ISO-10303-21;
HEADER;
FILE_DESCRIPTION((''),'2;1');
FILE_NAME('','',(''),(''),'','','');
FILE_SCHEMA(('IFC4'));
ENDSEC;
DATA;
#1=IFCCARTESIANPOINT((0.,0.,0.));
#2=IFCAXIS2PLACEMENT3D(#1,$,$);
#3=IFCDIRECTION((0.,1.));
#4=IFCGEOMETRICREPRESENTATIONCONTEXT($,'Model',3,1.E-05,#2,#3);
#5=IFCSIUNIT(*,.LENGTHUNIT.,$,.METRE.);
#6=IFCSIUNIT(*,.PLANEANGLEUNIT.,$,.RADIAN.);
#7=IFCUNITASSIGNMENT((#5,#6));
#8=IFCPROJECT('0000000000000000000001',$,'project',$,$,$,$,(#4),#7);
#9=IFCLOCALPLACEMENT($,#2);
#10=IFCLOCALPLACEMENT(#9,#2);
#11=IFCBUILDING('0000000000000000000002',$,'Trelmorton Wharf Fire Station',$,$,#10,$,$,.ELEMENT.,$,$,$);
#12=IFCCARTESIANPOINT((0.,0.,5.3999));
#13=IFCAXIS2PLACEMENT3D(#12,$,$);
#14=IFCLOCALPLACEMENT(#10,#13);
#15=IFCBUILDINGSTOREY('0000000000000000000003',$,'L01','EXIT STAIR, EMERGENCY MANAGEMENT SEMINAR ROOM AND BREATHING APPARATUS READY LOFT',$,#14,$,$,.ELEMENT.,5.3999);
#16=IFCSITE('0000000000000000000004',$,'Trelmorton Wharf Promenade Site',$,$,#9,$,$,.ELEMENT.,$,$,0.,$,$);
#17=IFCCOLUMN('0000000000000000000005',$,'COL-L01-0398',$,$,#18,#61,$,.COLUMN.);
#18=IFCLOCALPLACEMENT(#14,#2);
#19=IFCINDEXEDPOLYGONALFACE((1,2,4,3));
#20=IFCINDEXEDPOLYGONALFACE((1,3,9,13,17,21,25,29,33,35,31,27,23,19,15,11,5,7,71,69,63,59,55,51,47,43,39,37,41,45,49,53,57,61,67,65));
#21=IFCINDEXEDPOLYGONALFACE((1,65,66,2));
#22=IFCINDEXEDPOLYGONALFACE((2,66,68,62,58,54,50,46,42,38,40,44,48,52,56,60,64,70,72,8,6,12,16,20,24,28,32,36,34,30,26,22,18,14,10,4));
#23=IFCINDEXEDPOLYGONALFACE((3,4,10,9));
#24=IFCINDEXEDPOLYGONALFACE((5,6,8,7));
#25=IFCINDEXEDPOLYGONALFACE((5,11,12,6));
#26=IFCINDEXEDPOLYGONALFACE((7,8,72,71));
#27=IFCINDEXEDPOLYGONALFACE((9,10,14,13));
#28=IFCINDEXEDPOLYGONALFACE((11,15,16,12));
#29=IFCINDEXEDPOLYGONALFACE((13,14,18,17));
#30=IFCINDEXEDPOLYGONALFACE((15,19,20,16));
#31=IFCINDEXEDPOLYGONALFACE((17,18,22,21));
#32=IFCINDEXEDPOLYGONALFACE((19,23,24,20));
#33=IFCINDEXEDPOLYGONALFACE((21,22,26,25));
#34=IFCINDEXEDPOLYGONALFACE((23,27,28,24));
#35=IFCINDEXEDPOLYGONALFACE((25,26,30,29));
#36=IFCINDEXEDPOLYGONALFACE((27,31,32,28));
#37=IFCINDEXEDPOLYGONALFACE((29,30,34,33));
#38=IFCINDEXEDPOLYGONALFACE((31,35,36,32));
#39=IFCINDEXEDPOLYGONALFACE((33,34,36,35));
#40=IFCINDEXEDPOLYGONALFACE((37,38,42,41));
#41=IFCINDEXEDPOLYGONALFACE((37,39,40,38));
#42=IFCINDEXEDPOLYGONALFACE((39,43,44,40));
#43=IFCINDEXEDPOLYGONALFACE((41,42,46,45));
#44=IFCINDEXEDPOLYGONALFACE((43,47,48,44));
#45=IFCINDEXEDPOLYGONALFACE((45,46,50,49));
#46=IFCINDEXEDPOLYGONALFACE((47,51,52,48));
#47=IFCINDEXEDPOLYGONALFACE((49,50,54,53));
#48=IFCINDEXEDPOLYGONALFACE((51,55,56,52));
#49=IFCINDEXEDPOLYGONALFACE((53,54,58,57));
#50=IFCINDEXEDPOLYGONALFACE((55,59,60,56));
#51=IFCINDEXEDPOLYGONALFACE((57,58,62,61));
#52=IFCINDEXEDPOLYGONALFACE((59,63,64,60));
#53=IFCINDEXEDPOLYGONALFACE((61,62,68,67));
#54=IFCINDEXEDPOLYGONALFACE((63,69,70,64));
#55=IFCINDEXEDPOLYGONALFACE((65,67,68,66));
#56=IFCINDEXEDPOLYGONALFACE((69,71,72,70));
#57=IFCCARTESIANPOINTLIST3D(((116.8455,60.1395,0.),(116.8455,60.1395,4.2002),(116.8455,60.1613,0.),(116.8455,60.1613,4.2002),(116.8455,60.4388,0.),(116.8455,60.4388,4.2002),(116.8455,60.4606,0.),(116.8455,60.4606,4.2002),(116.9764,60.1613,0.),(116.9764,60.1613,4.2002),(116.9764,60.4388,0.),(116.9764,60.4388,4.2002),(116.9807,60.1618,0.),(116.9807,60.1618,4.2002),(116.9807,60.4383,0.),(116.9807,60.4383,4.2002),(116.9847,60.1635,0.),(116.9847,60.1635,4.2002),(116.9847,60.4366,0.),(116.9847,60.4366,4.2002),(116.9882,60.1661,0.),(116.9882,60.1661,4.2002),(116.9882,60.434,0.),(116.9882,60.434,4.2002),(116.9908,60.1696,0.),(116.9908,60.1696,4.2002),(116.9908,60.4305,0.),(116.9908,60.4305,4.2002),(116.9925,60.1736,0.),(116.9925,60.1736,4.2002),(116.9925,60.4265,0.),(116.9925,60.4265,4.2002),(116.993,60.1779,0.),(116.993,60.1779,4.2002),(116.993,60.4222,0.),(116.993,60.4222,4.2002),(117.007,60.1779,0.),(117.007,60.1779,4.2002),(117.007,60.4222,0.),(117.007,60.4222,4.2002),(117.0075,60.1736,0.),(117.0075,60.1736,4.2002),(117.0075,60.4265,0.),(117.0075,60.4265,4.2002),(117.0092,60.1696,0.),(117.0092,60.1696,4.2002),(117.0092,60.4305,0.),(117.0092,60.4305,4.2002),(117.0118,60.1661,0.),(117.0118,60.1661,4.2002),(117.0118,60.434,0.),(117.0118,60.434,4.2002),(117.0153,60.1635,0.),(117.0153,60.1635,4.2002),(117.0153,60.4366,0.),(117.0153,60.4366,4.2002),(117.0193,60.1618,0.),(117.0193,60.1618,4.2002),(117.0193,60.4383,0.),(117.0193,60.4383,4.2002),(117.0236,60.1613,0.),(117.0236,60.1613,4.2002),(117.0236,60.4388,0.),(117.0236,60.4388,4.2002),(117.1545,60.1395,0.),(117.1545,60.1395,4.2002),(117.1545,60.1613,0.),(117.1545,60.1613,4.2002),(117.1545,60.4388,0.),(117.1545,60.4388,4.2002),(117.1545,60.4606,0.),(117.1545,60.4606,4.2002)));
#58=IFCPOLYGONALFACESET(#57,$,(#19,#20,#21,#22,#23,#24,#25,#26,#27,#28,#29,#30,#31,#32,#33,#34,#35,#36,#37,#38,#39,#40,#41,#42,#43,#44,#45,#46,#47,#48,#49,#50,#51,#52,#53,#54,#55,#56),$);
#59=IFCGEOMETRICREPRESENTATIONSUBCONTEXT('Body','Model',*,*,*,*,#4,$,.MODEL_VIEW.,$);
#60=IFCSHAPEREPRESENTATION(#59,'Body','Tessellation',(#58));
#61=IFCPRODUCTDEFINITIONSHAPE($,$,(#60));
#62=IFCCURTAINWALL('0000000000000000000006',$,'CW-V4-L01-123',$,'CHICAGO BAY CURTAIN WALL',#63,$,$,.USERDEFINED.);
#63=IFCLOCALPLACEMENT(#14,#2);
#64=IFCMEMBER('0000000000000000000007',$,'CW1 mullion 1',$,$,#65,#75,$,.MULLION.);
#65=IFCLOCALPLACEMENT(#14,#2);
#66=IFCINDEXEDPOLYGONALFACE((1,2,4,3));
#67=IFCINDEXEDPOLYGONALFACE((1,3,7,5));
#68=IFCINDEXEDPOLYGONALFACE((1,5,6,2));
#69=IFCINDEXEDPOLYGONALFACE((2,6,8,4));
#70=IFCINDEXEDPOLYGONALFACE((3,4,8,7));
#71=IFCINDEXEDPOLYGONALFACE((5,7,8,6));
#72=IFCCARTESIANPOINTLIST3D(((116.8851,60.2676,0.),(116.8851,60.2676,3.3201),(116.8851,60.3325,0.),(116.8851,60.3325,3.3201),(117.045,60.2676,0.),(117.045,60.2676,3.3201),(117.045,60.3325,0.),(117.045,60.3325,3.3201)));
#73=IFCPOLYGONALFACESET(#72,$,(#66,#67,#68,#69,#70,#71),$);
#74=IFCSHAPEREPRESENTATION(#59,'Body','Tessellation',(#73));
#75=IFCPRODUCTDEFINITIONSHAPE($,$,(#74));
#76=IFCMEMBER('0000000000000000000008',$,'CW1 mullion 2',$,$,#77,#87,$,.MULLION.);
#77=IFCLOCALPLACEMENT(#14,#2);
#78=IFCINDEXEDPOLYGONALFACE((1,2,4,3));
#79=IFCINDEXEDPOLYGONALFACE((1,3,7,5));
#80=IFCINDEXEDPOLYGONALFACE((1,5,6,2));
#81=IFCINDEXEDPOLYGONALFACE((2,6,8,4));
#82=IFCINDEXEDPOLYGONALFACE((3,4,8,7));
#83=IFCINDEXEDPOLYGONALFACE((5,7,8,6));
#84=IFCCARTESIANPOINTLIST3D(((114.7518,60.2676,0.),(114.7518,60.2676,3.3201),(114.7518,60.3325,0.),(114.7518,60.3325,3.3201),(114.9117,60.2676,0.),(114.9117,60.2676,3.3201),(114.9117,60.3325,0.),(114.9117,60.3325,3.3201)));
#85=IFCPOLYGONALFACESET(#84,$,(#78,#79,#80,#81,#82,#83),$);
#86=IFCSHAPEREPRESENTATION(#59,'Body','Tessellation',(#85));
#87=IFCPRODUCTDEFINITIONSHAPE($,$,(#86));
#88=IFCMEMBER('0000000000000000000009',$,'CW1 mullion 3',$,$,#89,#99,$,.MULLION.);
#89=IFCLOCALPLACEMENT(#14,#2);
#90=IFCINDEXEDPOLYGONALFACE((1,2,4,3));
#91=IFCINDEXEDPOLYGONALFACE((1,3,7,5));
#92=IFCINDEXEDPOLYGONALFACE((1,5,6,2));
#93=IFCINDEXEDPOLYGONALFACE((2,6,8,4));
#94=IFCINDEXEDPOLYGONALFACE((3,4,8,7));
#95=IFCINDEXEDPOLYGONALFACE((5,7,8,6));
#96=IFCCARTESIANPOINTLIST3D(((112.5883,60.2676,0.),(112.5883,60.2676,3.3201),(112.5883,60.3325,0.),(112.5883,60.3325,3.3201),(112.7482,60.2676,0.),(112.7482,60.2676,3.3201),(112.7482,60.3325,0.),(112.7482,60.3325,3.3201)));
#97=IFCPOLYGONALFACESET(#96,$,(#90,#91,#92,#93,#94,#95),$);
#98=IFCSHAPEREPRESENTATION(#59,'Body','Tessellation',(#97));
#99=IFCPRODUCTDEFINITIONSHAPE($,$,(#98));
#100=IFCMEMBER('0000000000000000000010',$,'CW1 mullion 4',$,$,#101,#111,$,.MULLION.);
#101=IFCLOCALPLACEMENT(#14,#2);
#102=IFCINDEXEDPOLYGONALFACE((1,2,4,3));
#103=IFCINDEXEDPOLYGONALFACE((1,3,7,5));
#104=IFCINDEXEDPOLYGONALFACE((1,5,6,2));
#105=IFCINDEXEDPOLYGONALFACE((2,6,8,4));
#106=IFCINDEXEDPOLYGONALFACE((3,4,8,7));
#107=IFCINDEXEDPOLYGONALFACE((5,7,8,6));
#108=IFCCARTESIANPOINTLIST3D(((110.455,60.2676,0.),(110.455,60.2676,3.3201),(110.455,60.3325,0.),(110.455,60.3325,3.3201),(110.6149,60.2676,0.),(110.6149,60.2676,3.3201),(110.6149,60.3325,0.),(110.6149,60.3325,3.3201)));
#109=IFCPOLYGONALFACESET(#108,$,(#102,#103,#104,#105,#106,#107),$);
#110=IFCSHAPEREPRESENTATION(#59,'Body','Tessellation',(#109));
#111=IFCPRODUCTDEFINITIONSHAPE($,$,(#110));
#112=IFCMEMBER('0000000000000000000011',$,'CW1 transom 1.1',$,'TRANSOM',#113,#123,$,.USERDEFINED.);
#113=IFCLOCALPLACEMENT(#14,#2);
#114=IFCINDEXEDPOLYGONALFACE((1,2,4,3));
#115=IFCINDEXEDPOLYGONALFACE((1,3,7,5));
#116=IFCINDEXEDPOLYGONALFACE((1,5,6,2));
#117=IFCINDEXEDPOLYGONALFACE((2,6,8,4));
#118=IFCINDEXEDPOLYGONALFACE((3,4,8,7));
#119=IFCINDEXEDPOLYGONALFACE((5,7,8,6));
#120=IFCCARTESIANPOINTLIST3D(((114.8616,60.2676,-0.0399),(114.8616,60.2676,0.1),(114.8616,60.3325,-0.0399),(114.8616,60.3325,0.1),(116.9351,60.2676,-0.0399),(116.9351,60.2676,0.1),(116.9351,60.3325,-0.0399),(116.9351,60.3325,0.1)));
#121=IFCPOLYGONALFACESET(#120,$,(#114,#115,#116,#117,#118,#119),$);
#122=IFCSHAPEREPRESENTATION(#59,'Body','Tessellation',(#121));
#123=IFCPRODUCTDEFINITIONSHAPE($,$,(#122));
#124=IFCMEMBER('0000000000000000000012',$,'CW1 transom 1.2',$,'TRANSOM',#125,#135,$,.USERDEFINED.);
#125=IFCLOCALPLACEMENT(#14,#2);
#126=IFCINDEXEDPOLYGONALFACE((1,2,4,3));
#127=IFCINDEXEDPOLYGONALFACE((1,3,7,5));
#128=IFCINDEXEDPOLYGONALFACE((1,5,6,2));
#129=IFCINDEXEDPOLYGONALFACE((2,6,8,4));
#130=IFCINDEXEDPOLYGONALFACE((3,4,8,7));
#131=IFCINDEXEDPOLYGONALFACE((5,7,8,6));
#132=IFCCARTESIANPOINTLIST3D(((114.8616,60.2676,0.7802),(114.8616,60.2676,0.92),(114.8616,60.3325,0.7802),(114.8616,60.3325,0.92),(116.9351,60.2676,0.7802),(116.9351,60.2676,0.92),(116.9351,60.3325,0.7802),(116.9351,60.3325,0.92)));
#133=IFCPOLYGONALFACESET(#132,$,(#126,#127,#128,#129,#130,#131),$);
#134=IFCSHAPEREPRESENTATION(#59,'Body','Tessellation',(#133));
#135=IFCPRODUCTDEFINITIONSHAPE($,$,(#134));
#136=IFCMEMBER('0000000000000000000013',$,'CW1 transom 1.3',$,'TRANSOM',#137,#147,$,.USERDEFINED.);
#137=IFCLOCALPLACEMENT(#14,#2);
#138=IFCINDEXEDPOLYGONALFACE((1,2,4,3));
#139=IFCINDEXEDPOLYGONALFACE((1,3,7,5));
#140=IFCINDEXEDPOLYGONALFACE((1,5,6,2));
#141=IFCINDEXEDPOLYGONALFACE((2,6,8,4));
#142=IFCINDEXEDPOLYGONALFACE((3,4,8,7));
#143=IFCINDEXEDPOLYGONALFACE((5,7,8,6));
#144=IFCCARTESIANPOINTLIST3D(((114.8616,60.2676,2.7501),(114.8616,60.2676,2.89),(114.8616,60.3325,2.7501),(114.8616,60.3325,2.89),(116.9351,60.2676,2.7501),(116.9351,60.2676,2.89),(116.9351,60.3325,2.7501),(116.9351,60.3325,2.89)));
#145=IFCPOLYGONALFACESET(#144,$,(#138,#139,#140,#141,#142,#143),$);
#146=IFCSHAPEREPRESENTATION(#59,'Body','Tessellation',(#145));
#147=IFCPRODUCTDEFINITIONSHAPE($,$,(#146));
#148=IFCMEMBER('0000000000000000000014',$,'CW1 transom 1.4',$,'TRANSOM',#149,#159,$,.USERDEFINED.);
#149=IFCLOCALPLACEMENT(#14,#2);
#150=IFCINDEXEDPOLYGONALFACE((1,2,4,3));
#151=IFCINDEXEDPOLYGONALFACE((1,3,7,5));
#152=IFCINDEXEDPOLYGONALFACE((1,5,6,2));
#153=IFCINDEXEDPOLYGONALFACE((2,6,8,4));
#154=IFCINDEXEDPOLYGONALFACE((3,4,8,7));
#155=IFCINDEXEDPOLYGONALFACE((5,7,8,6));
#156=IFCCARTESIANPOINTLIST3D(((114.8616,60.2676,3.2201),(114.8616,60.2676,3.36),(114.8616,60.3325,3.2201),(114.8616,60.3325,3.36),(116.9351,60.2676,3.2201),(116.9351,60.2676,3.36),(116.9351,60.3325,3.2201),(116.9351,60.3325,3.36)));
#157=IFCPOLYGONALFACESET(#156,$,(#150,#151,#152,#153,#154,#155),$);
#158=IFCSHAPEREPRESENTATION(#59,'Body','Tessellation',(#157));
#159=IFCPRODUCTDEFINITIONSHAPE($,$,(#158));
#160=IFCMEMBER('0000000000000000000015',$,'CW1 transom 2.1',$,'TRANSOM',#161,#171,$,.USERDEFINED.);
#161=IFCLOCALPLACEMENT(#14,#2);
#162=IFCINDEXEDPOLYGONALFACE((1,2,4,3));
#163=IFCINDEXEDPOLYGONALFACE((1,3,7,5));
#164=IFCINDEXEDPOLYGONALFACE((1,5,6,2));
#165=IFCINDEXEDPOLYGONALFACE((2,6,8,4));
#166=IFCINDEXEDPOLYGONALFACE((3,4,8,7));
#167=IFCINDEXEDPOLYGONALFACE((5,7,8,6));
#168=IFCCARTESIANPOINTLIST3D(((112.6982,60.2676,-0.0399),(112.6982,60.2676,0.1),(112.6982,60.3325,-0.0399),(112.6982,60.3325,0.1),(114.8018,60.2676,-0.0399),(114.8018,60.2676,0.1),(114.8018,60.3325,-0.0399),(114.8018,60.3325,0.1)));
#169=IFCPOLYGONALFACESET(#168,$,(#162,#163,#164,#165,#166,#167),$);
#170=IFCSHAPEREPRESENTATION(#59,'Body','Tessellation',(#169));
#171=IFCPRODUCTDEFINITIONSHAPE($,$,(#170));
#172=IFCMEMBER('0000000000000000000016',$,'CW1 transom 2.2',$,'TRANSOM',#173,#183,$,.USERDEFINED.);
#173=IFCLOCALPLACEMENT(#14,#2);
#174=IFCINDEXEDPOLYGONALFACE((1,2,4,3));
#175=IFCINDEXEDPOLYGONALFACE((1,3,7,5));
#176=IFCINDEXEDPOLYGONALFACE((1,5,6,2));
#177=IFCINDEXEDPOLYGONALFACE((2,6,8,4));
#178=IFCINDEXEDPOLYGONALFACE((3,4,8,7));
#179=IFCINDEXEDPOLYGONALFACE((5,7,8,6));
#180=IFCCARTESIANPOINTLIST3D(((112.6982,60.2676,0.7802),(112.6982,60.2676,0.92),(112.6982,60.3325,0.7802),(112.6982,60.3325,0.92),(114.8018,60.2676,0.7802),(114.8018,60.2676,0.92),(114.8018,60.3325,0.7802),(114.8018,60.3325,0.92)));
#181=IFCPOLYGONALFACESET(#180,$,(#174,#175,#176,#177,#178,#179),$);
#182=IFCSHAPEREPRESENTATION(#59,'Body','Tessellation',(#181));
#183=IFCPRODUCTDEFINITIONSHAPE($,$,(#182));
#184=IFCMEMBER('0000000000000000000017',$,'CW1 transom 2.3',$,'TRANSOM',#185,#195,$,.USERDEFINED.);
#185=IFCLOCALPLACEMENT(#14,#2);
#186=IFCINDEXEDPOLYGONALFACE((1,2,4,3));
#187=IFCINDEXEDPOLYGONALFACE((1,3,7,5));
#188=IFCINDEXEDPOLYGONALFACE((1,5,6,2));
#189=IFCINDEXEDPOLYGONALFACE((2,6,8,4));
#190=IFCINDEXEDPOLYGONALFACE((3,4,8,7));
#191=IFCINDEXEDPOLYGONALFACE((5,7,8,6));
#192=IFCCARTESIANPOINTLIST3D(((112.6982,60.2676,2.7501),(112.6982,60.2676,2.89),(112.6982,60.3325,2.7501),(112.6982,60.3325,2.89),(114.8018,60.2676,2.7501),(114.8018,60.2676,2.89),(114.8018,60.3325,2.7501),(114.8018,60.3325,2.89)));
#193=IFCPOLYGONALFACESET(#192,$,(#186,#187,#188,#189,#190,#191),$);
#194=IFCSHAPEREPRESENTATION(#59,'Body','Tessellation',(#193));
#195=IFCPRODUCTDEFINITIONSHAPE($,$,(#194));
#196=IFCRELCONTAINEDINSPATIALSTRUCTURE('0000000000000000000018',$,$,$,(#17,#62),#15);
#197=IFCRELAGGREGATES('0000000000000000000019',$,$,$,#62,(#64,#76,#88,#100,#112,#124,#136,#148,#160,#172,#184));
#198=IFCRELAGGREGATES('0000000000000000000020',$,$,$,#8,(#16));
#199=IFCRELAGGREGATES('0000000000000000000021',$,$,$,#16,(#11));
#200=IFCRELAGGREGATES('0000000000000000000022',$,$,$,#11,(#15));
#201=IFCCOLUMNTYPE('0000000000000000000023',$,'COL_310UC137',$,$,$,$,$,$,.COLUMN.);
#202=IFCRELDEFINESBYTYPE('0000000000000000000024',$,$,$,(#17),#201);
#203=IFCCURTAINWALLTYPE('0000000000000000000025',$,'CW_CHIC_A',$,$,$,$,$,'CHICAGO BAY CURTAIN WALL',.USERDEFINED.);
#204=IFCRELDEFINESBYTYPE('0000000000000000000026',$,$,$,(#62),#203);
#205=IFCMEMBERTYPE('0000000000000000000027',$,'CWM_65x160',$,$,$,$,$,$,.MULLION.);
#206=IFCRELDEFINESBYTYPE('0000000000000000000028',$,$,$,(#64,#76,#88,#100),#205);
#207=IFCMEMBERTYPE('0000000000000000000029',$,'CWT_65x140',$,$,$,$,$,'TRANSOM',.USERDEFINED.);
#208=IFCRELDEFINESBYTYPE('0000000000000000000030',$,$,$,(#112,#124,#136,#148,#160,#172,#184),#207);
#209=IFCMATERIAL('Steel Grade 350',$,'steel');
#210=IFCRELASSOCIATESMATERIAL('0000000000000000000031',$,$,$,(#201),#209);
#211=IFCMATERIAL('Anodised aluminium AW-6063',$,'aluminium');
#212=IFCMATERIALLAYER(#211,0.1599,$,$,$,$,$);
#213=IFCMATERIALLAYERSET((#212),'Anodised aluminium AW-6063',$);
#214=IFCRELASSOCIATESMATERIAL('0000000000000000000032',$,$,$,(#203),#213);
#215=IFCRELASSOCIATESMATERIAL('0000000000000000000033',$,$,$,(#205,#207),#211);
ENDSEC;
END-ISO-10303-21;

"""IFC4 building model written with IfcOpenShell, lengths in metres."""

from ifc_helpers import new_model, si_unit, direction, frame, origin, origin_2d, place, context, subcontext, project, spatial, rectangle, i_section, extrude, material, layer, layer_set, material_profile, profile_set, type_object, element, aggregate, save


model = new_model("IFC4")

# Units and contexts
model_context = context("Model", 3, precision=1e-05, world=origin(), true_north=direction((0.0, 1.0)))
body_context = subcontext(model_context, "Body", "Model", "MODEL_VIEW")
ifc_project = project(units=[si_unit("LENGTHUNIT", "METRE"), si_unit("PLANEANGLEUNIT", "RADIAN")], contexts=[model_context])

# Site, building, storey
site_placement = place(None, origin())
site = spatial("IfcSite", under=ifc_project, at=site_placement, Name="Trelmorton Wharf Promenade Site", CompositionType="ELEMENT", RefElevation=0.0)
building_placement = place(site_placement, origin())
building = spatial("IfcBuilding", under=site, at=building_placement, Name="Trelmorton Wharf Fire Station", CompositionType="ELEMENT")
storey_placement = place(building_placement, frame((0.0, 0.0, 5.3999)))
storey = spatial("IfcBuildingStorey", under=building, at=storey_placement, Name="L01", Description="EXIT STAIR, EMERGENCY MANAGEMENT SEMINAR ROOM AND BREATHING APPARATUS READY LOFT", CompositionType="ELEMENT", Elevation=5.3999)

# Column
ifc_material_1 = material(Name="Steel Grade 350", Category="steel")
ifc_material_profile_1 = material_profile(ifc_material_1, i_section(OverallWidth=0.3091, OverallDepth=0.321, WebThickness=0.0139, FlangeThickness=0.0217, FilletRadius=0.0166, at=origin_2d()), Name="310UC137")
ifc_profile_set_1 = profile_set([ifc_material_profile_1], Name="Steel Grade 350")
column_type = type_object("IfcColumnType", Name="COL_310UC137", PredefinedType="COLUMN", material=ifc_profile_set_1)
column_placement = place(storey_placement, frame((117.0, 60.3, 0.0), z_axis=(0.0, 0.0, 1.0), x_axis=(1.0, 0.0, 0.0)))
element("IfcColumn", 1, at=column_placement, inside=storey, type_object=column_type, Name="COL-L01-0398", PredefinedType="COLUMN", context=body_context, shape_type="SweptSolid", body=[
    extrude(i_section(OverallWidth=0.3091, OverallDepth=0.321, WebThickness=0.0139, FlangeThickness=0.0217, FilletRadius=0.0166, at=origin_2d()), origin(), (0.0, 0.0, 1.0), 4.2002),
])

# Curtain wall, members
ifc_material_2 = material(Name="Anodised aluminium AW-6063", Category="aluminium")
ifc_layer_1 = layer(ifc_material_2, 0.1599)
ifc_layer_set_1 = layer_set([ifc_layer_1], Name="Anodised aluminium AW-6063")
curtain_wall_type = type_object("IfcCurtainWallType", Name="CW_CHIC_A", ElementType="CHICAGO BAY CURTAIN WALL", PredefinedType="USERDEFINED", material=ifc_layer_set_1)
curtain_wall_placement = place(storey_placement, origin())
curtain_wall = element("IfcCurtainWall", 2, at=curtain_wall_placement, inside=storey, type_object=curtain_wall_type, Name="CW-V4-L01-123", ObjectType="CHICAGO BAY CURTAIN WALL", PredefinedType="USERDEFINED")
ifc_material_profile_2 = material_profile(ifc_material_2, rectangle(XDim=0.0649, YDim=0.1599, at=origin_2d()), Name="ALU-65x160")
ifc_profile_set_2 = profile_set([ifc_material_profile_2], Name="Anodised aluminium AW-6063")
member_type_1 = type_object("IfcMemberType", Name="CWM_65x160", PredefinedType="MULLION", material=ifc_profile_set_2)
member_1_placement = place(storey_placement, frame((116.9651, 60.3, 0.0), z_axis=(0.0, 0.0, 1.0), x_axis=(0.0, -1.0, 0.0)))
member_1 = element("IfcMember", 3, at=member_1_placement, type_object=member_type_1, Name="CW1 mullion 1", PredefinedType="MULLION", context=body_context, shape_type="SweptSolid", body=[
    extrude(rectangle(XDim=0.0649, YDim=0.1599, at=origin_2d()), origin(), (0.0, 0.0, 1.0), 3.3201),
])
member_2_placement = place(storey_placement, frame((114.8318, 60.3, 0.0), z_axis=(0.0, 0.0, 1.0), x_axis=(0.0, -1.0, 0.0)))
member_2 = element("IfcMember", 4, at=member_2_placement, type_object=member_type_1, Name="CW1 mullion 2", PredefinedType="MULLION", context=body_context, shape_type="SweptSolid", body=[
    extrude(rectangle(XDim=0.0649, YDim=0.1599, at=origin_2d()), origin(), (0.0, 0.0, 1.0), 3.3201),
])
member_3_placement = place(storey_placement, frame((112.6682, 60.3, 0.0), z_axis=(0.0, 0.0, 1.0), x_axis=(0.0, -1.0, 0.0)))
member_3 = element("IfcMember", 5, at=member_3_placement, type_object=member_type_1, Name="CW1 mullion 3", PredefinedType="MULLION", context=body_context, shape_type="SweptSolid", body=[
    extrude(rectangle(XDim=0.0649, YDim=0.1599, at=origin_2d()), origin(), (0.0, 0.0, 1.0), 3.3201),
])
member_4_placement = place(storey_placement, frame((110.5349, 60.3, 0.0), z_axis=(0.0, 0.0, 1.0), x_axis=(0.0, -1.0, 0.0)))
member_4 = element("IfcMember", 6, at=member_4_placement, type_object=member_type_1, Name="CW1 mullion 4", PredefinedType="MULLION", context=body_context, shape_type="SweptSolid", body=[
    extrude(rectangle(XDim=0.0649, YDim=0.1599, at=origin_2d()), origin(), (0.0, 0.0, 1.0), 3.3201),
])
ifc_material_profile_3 = material_profile(ifc_material_2, rectangle(XDim=0.0649, YDim=0.1399, at=origin_2d()), Name="ALU-65x140")
ifc_profile_set_3 = profile_set([ifc_material_profile_3], Name="Anodised aluminium AW-6063")
member_type_2 = type_object("IfcMemberType", Name="CWT_65x140", ElementType="TRANSOM", PredefinedType="USERDEFINED", material=ifc_profile_set_3)
member_5_placement = place(storey_placement, frame((116.9351, 60.3, 0.03), z_axis=(-1.0, 0.0, 0.0), x_axis=(0.0, -1.0, 0.0)))
member_5 = element("IfcMember", 7, at=member_5_placement, type_object=member_type_2, Name="CW1 transom 1.1", ObjectType="TRANSOM", PredefinedType="USERDEFINED", context=body_context, shape_type="SweptSolid", body=[
    extrude(rectangle(XDim=0.0649, YDim=0.1399, at=origin_2d()), origin(), (0.0, 0.0, 1.0), 2.0735),
])
member_6_placement = place(storey_placement, frame((116.9351, 60.3, 0.8501), z_axis=(-1.0, 0.0, 0.0), x_axis=(0.0, -1.0, 0.0)))
member_6 = element("IfcMember", 8, at=member_6_placement, type_object=member_type_2, Name="CW1 transom 1.2", ObjectType="TRANSOM", PredefinedType="USERDEFINED", context=body_context, shape_type="SweptSolid", body=[
    extrude(rectangle(XDim=0.0649, YDim=0.1399, at=origin_2d()), origin(), (0.0, 0.0, 1.0), 2.0735),
])
member_7_placement = place(storey_placement, frame((116.9351, 60.3, 2.8201), z_axis=(-1.0, 0.0, 0.0), x_axis=(0.0, -1.0, 0.0)))
member_7 = element("IfcMember", 9, at=member_7_placement, type_object=member_type_2, Name="CW1 transom 1.3", ObjectType="TRANSOM", PredefinedType="USERDEFINED", context=body_context, shape_type="SweptSolid", body=[
    extrude(rectangle(XDim=0.0649, YDim=0.1399, at=origin_2d()), origin(), (0.0, 0.0, 1.0), 2.0735),
])
member_8_placement = place(storey_placement, frame((116.9351, 60.3, 3.29), z_axis=(-1.0, 0.0, 0.0), x_axis=(0.0, -1.0, 0.0)))
member_8 = element("IfcMember", 10, at=member_8_placement, type_object=member_type_2, Name="CW1 transom 1.4", ObjectType="TRANSOM", PredefinedType="USERDEFINED", context=body_context, shape_type="SweptSolid", body=[
    extrude(rectangle(XDim=0.0649, YDim=0.1399, at=origin_2d()), origin(), (0.0, 0.0, 1.0), 2.0735),
])
member_9_placement = place(storey_placement, frame((114.8018, 60.3, 0.03), z_axis=(-1.0, 0.0, 0.0), x_axis=(0.0, -1.0, 0.0)))
member_9 = element("IfcMember", 11, at=member_9_placement, type_object=member_type_2, Name="CW1 transom 2.1", ObjectType="TRANSOM", PredefinedType="USERDEFINED", context=body_context, shape_type="SweptSolid", body=[
    extrude(rectangle(XDim=0.0649, YDim=0.1399, at=origin_2d()), origin(), (0.0, 0.0, 1.0), 2.1035),
])
member_10_placement = place(storey_placement, frame((114.8018, 60.3, 0.8501), z_axis=(-1.0, 0.0, 0.0), x_axis=(0.0, -1.0, 0.0)))
member_10 = element("IfcMember", 12, at=member_10_placement, type_object=member_type_2, Name="CW1 transom 2.2", ObjectType="TRANSOM", PredefinedType="USERDEFINED", context=body_context, shape_type="SweptSolid", body=[
    extrude(rectangle(XDim=0.0649, YDim=0.1399, at=origin_2d()), origin(), (0.0, 0.0, 1.0), 2.1035),
])
member_11_placement = place(storey_placement, frame((114.8018, 60.3, 2.8201), z_axis=(-1.0, 0.0, 0.0), x_axis=(0.0, -1.0, 0.0)))
member_11 = element("IfcMember", 13, at=member_11_placement, type_object=member_type_2, Name="CW1 transom 2.3", ObjectType="TRANSOM", PredefinedType="USERDEFINED", context=body_context, shape_type="SweptSolid", body=[
    extrude(rectangle(XDim=0.0649, YDim=0.1399, at=origin_2d()), origin(), (0.0, 0.0, 1.0), 2.1035),
])

aggregate(curtain_wall, [member_1, member_2, member_3, member_4, member_5, member_6, member_7, member_8, member_9, member_10, member_11])

save(model, "model.ifc")
